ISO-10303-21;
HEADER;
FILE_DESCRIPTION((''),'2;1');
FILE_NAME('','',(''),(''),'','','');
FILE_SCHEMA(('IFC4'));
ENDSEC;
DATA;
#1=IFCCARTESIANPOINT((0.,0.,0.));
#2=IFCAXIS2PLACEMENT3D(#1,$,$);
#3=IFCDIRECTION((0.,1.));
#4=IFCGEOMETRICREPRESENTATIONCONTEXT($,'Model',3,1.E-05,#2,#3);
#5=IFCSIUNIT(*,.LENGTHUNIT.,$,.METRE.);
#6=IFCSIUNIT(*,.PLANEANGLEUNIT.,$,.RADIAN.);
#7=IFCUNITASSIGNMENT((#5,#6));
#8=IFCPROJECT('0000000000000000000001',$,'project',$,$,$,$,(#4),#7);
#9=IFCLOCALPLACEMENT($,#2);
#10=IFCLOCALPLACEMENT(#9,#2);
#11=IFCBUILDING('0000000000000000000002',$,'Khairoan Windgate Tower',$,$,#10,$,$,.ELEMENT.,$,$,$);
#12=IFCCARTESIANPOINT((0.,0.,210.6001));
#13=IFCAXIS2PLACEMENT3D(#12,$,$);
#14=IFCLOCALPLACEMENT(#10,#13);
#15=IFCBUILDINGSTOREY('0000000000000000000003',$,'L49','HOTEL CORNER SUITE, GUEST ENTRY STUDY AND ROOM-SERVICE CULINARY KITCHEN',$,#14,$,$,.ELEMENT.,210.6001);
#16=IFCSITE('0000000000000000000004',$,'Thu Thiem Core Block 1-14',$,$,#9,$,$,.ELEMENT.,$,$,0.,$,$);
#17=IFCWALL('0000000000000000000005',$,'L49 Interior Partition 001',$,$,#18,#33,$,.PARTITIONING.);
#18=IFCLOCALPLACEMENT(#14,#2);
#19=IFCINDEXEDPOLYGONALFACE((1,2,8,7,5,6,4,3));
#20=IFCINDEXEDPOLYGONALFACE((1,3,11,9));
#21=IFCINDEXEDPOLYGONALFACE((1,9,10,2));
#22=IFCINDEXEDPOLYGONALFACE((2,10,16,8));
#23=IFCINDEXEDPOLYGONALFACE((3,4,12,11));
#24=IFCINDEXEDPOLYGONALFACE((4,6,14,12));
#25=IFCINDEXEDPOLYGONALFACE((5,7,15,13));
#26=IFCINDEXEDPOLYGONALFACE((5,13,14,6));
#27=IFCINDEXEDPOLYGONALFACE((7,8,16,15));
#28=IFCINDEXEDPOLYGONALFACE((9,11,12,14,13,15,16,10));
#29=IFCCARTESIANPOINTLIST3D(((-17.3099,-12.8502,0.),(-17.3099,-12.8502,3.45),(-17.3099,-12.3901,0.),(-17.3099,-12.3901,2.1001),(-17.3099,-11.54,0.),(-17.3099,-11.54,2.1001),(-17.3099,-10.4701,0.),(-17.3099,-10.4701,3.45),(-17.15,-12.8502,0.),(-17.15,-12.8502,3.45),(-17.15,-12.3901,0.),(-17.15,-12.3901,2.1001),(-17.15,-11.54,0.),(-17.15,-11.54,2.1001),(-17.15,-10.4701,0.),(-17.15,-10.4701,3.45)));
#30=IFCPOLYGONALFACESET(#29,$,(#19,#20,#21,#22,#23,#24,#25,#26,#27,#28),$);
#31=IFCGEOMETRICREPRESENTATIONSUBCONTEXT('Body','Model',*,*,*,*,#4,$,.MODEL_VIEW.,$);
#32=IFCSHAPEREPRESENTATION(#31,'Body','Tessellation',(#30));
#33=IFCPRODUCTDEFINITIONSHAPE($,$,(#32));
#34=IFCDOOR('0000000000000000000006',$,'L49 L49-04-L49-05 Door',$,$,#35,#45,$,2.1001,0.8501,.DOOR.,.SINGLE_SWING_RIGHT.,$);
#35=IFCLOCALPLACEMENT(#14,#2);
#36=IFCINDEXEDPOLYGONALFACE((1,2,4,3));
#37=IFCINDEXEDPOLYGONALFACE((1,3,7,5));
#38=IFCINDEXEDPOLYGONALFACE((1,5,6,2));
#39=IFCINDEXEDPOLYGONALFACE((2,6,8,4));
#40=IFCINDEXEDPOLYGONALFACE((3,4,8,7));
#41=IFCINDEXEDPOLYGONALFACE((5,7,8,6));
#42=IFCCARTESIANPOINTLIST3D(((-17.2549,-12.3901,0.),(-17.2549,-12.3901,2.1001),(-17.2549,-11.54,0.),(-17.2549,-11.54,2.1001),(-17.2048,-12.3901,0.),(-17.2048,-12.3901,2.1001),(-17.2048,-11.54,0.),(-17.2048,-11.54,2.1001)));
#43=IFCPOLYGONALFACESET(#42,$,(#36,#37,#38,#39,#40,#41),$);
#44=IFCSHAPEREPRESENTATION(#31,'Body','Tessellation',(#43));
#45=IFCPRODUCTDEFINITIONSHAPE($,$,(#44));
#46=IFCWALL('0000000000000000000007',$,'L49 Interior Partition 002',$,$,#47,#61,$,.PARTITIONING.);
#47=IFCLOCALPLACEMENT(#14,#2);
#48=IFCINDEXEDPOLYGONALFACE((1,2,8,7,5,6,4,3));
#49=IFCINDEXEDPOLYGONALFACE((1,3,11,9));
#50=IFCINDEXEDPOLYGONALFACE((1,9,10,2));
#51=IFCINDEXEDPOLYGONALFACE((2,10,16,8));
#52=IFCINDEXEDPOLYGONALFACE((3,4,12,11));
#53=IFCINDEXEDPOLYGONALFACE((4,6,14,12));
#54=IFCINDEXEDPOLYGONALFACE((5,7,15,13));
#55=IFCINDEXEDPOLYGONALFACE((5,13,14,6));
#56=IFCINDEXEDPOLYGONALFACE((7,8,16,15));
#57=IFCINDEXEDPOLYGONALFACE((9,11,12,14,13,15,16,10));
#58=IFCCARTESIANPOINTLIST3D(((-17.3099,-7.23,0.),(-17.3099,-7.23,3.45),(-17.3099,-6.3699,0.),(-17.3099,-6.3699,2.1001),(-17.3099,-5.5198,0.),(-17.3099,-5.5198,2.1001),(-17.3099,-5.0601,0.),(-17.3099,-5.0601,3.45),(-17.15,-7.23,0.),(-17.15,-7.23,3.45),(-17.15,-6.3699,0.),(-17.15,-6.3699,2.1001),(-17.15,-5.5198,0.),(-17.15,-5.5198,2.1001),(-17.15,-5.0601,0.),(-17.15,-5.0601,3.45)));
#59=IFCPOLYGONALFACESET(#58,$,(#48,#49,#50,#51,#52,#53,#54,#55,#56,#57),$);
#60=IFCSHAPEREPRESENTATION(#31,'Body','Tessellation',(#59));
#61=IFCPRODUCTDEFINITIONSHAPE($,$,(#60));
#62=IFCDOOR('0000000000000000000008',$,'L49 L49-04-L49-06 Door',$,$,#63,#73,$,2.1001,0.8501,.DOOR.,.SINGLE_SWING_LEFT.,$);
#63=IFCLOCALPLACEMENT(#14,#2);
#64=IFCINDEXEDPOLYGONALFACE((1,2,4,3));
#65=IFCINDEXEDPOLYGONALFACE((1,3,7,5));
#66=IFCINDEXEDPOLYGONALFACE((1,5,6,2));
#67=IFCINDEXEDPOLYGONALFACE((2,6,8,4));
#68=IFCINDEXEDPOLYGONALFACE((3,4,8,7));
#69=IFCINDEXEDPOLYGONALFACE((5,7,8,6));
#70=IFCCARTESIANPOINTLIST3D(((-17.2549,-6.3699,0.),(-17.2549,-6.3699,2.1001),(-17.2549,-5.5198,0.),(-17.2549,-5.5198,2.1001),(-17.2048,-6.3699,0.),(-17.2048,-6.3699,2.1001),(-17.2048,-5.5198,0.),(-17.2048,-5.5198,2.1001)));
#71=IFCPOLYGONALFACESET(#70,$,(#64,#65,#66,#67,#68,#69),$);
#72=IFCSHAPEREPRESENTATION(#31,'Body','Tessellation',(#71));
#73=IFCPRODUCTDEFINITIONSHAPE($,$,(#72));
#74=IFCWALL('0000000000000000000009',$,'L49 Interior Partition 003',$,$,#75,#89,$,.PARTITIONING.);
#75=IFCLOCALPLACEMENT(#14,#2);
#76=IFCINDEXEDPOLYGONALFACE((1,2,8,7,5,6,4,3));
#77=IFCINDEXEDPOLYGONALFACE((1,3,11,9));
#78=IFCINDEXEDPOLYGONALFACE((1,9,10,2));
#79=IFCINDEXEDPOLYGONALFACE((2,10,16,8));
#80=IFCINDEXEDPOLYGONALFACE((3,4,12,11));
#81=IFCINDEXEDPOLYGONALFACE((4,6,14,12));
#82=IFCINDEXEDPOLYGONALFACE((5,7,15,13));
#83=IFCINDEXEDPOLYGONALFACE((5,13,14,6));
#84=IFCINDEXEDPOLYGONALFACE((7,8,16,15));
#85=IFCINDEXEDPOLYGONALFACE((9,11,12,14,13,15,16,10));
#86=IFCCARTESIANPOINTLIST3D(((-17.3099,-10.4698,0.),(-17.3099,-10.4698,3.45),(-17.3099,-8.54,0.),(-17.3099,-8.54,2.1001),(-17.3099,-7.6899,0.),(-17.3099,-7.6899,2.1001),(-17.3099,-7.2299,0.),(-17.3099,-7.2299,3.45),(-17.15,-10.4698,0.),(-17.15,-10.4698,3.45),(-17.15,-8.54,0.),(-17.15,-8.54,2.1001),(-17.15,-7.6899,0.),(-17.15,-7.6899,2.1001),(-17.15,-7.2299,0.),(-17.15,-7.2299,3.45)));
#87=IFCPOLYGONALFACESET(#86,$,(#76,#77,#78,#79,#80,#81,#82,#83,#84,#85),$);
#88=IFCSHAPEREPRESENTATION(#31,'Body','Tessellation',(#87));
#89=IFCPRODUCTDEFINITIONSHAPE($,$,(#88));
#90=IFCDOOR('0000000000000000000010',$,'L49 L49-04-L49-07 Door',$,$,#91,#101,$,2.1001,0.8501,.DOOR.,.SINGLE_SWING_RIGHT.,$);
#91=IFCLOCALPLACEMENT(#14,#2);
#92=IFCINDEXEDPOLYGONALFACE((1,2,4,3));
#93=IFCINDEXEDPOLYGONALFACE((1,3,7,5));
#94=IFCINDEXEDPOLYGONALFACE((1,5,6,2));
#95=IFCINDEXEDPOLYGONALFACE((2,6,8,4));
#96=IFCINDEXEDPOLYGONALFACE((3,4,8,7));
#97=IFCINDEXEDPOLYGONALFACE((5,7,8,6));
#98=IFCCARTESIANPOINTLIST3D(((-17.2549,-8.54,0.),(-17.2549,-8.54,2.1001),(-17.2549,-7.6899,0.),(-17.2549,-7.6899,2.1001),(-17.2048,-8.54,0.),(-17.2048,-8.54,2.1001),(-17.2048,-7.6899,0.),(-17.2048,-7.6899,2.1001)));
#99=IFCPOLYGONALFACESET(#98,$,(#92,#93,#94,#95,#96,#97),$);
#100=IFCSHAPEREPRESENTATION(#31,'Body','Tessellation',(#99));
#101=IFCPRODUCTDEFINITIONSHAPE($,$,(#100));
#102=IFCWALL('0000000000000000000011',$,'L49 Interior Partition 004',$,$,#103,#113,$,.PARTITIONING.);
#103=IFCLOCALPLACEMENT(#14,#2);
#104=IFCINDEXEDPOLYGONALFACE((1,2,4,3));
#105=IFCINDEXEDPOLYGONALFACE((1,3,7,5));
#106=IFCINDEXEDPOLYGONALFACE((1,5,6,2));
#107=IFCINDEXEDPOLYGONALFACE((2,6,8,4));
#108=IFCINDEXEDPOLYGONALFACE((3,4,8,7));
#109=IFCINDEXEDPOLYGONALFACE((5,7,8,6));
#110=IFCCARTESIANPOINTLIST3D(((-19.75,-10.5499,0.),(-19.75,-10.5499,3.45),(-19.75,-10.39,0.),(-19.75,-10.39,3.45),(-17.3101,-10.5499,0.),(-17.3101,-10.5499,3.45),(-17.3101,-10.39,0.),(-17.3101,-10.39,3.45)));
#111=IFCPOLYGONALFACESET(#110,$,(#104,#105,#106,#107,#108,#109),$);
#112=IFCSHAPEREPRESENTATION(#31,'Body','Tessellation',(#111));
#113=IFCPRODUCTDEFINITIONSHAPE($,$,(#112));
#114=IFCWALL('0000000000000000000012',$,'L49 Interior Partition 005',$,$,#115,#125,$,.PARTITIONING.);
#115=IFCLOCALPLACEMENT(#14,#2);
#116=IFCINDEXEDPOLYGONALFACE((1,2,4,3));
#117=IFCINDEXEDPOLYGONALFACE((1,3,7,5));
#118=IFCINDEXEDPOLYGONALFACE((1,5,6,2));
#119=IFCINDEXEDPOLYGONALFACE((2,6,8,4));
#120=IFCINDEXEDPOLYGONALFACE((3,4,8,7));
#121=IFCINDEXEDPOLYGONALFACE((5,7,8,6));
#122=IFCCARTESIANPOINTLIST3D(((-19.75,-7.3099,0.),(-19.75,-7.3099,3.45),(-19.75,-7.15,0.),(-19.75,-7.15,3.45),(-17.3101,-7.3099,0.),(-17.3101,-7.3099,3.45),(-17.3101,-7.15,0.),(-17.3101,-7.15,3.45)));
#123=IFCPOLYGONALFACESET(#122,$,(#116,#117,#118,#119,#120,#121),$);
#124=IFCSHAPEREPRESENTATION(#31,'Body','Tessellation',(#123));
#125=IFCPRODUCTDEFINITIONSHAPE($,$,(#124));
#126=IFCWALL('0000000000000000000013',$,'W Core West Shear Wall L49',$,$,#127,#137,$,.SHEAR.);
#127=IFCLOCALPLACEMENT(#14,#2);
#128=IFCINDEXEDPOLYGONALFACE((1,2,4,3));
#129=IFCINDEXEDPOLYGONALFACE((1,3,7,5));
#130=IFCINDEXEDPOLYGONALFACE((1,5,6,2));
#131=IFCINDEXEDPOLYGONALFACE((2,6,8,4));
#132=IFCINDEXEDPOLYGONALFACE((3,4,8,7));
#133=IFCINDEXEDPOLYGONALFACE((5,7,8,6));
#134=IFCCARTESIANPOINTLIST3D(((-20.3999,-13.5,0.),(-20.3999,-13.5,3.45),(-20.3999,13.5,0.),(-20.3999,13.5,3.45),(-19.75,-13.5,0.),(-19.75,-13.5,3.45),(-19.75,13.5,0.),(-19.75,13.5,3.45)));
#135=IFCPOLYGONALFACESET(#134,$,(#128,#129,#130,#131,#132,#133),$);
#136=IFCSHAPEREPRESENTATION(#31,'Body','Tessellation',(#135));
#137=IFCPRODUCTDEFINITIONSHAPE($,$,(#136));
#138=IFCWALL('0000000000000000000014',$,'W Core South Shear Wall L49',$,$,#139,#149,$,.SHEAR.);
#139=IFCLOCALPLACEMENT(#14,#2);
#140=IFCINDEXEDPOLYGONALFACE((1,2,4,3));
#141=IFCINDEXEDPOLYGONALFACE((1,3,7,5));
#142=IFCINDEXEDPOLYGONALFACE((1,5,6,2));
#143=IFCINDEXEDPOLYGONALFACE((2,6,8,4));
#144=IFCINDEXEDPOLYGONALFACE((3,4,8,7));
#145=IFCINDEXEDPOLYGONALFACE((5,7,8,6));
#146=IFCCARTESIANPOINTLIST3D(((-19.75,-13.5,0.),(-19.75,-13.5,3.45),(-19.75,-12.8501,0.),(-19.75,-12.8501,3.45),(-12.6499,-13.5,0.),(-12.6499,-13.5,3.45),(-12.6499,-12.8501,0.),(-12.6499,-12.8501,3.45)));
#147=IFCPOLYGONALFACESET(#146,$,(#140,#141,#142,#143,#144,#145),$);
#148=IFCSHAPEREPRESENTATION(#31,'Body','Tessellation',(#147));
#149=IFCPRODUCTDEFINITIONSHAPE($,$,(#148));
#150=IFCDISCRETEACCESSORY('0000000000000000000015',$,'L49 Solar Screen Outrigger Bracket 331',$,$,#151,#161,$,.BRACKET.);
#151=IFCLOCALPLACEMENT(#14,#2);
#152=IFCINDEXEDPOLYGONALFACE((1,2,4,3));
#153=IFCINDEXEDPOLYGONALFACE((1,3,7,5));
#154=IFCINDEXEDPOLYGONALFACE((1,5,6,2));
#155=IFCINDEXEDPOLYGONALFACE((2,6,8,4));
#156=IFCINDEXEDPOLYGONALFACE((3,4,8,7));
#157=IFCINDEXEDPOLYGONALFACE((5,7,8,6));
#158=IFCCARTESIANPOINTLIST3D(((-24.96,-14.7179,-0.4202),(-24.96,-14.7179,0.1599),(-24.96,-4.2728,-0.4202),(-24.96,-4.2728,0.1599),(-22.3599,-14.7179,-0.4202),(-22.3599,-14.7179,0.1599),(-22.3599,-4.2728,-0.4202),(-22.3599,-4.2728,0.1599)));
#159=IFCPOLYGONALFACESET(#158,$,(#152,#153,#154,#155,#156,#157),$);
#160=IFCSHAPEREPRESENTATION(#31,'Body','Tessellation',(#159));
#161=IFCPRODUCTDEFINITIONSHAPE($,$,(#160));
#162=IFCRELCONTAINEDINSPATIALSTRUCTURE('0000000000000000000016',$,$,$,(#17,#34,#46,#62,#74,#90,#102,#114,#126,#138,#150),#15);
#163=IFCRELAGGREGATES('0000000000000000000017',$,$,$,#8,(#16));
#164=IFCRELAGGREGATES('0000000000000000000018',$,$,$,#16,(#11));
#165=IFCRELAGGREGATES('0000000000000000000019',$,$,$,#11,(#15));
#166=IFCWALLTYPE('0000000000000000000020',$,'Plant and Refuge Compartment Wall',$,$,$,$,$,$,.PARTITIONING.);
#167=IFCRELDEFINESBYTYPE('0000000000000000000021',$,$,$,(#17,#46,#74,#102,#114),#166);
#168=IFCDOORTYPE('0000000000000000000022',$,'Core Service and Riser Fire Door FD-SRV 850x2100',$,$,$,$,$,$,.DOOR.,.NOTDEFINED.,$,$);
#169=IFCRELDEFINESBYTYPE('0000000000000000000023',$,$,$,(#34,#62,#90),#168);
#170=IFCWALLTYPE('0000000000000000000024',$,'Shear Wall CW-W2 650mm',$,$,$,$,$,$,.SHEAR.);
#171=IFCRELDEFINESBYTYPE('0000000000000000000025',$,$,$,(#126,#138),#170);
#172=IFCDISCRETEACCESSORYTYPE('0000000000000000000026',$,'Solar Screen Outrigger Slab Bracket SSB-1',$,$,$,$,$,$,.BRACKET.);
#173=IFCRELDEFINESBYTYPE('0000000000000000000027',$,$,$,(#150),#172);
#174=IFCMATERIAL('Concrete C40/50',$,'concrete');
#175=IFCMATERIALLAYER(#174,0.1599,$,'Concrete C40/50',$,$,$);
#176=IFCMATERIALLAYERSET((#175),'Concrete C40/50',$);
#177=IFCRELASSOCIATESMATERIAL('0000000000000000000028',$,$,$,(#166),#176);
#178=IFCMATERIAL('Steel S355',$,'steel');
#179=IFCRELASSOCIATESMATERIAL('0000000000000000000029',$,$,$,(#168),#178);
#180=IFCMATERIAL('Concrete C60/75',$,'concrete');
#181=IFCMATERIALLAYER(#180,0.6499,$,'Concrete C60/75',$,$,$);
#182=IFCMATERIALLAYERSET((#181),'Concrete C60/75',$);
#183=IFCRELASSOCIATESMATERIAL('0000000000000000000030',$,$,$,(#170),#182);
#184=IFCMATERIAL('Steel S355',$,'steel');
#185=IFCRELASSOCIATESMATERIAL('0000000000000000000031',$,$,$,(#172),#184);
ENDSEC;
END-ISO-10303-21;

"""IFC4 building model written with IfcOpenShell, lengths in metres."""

from ifc_helpers import new_model, si_unit, direction, frame, frame_2d, origin, origin_2d, place, context, subcontext, project, spatial, rectangle, extrude, material, layer, layer_set, type_object, element, fill, save


model = new_model("IFC4")

# Units and contexts
model_context = context("Model", 3, precision=1e-05, world=origin(), true_north=direction((0.0, 1.0)))
body_context = subcontext(model_context, "Body", "Model", "MODEL_VIEW")
ifc_project = project(units=[si_unit("LENGTHUNIT", "METRE"), si_unit("PLANEANGLEUNIT", "RADIAN")], contexts=[model_context])

# Site, building, storey
site_placement = place(None, origin())
site = spatial("IfcSite", under=ifc_project, at=site_placement, Name="Thu Thiem Core Block 1-14", CompositionType="ELEMENT", RefElevation=0.0)
building_placement = place(site_placement, origin())
building = spatial("IfcBuilding", under=site, at=building_placement, Name="Khairoan Windgate Tower", CompositionType="ELEMENT")
storey_placement = place(building_placement, frame((0.0, 0.0, 210.6001)))
storey = spatial("IfcBuildingStorey", under=building, at=storey_placement, Name="L49", Description="HOTEL CORNER SUITE, GUEST ENTRY STUDY AND ROOM-SERVICE CULINARY KITCHEN", CompositionType="ELEMENT", Elevation=210.6001)

# Walls, openings, doors
ifc_material_1 = material(Name="Concrete C40/50", Category="concrete")
ifc_layer_1 = layer(ifc_material_1, 0.1599, Name="Concrete C40/50")
ifc_layer_set_1 = layer_set([ifc_layer_1], Name="Concrete C40/50")
wall_type_1 = type_object("IfcWallType", Name="Plant and Refuge Compartment Wall", PredefinedType="PARTITIONING", material=ifc_layer_set_1)
wall_1_placement = place(storey_placement, frame((-17.23, -12.8501, 0.0), z_axis=(0.0, 0.0, 1.0), x_axis=(0.0, 1.0, 0.0)))
wall_1 = element("IfcWall", 1, at=wall_1_placement, inside=storey, type_object=wall_type_1, Name="L49 Interior Partition 001", PredefinedType="PARTITIONING", context=body_context, shape_type="SweptSolid", body=[
    extrude(rectangle(XDim=2.3801, YDim=0.1599, at=frame_2d((1.1899, 0.0))), origin(), (0.0, 0.0, 1.0), 3.45),
])
opening_1_placement = place(wall_1_placement, frame((0.46, 0.0, 0.0)))
opening_1 = element("IfcOpeningElement", 2, at=opening_1_placement, cuts=wall_1, PredefinedType="OPENING", context=body_context, shape_type="SweptSolid", body=[
    extrude(rectangle(XDim=0.8501, YDim=2.1001, at=frame_2d((0.425, 1.05))), frame((0.0, 0.0898, 0.0), z_axis=(0.0, -1.0, 0.0), x_axis=(1.0, 0.0, 0.0)), (0.0, 0.0, 1.0), 0.1799),
])
ifc_material_2 = material(Name="Steel S355", Category="steel")
door_type_1 = type_object("IfcDoorType", Name="Core Service and Riser Fire Door FD-SRV 850x2100", OperationType="NOTDEFINED", PredefinedType="DOOR", material=ifc_material_2)
door_1_placement = place(opening_1_placement, origin())
door_1 = element("IfcDoor", 3, at=door_1_placement, inside=storey, type_object=door_type_1, Name="L49 L49-04-L49-05 Door", OperationType="SINGLE_SWING_RIGHT", OverallHeight=2.1001, OverallWidth=0.8501, PredefinedType="DOOR", context=body_context, shape_type="SweptSolid", body=[
    extrude(rectangle(XDim=0.8501, YDim=2.1001, at=frame_2d((0.425, 1.05))), frame((0.0, 0.0249, 0.0), z_axis=(0.0, -1.0, 0.0), x_axis=(1.0, 0.0, 0.0)), (0.0, 0.0, 1.0), 0.05),
])
fill(opening_1, door_1)
wall_2_placement = place(storey_placement, frame((-17.23, -7.23, 0.0), z_axis=(0.0, 0.0, 1.0), x_axis=(0.0, 1.0, 0.0)))
wall_2 = element("IfcWall", 4, at=wall_2_placement, inside=storey, type_object=wall_type_1, Name="L49 Interior Partition 002", PredefinedType="PARTITIONING", context=body_context, shape_type="SweptSolid", body=[
    extrude(rectangle(XDim=2.1699, YDim=0.1599, at=frame_2d((1.085, 0.0))), origin(), (0.0, 0.0, 1.0), 3.45),
])
opening_2_placement = place(wall_2_placement, frame((0.8601, 0.0, 0.0)))
opening_2 = element("IfcOpeningElement", 5, at=opening_2_placement, cuts=wall_2, PredefinedType="OPENING", context=body_context, shape_type="SweptSolid", body=[
    extrude(rectangle(XDim=0.8501, YDim=2.1001, at=frame_2d((0.425, 1.05))), frame((0.0, 0.0898, 0.0), z_axis=(0.0, -1.0, 0.0), x_axis=(1.0, 0.0, 0.0)), (0.0, 0.0, 1.0), 0.1799),
])
door_2_placement = place(opening_2_placement, origin())
door_2 = element("IfcDoor", 6, at=door_2_placement, inside=storey, type_object=door_type_1, Name="L49 L49-04-L49-06 Door", OperationType="SINGLE_SWING_LEFT", OverallHeight=2.1001, OverallWidth=0.8501, PredefinedType="DOOR", context=body_context, shape_type="SweptSolid", body=[
    extrude(rectangle(XDim=0.8501, YDim=2.1001, at=frame_2d((0.425, 1.05))), frame((0.0, 0.0249, 0.0), z_axis=(0.0, -1.0, 0.0), x_axis=(1.0, 0.0, 0.0)), (0.0, 0.0, 1.0), 0.05),
])
fill(opening_2, door_2)
wall_3_placement = place(storey_placement, frame((-17.23, -10.47, 0.0), z_axis=(0.0, 0.0, 1.0), x_axis=(0.0, 1.0, 0.0)))
wall_3 = element("IfcWall", 7, at=wall_3_placement, inside=storey, type_object=wall_type_1, Name="L49 Interior Partition 003", PredefinedType="PARTITIONING", context=body_context, shape_type="SweptSolid", body=[
    extrude(rectangle(XDim=3.24, YDim=0.1599, at=frame_2d((1.6201, 0.0))), origin(), (0.0, 0.0, 1.0), 3.45),
])
opening_3_placement = place(wall_3_placement, frame((1.9299, 0.0, 0.0)))
opening_3 = element("IfcOpeningElement", 8, at=opening_3_placement, cuts=wall_3, PredefinedType="OPENING", context=body_context, shape_type="SweptSolid", body=[
    extrude(rectangle(XDim=0.8501, YDim=2.1001, at=frame_2d((0.425, 1.05))), frame((0.0, 0.0898, 0.0), z_axis=(0.0, -1.0, 0.0), x_axis=(1.0, 0.0, 0.0)), (0.0, 0.0, 1.0), 0.1799),
])
door_3_placement = place(opening_3_placement, origin())
door_3 = element("IfcDoor", 9, at=door_3_placement, inside=storey, type_object=door_type_1, Name="L49 L49-04-L49-07 Door", OperationType="SINGLE_SWING_RIGHT", OverallHeight=2.1001, OverallWidth=0.8501, PredefinedType="DOOR", context=body_context, shape_type="SweptSolid", body=[
    extrude(rectangle(XDim=0.8501, YDim=2.1001, at=frame_2d((0.425, 1.05))), frame((0.0, 0.0249, 0.0), z_axis=(0.0, -1.0, 0.0), x_axis=(1.0, 0.0, 0.0)), (0.0, 0.0, 1.0), 0.05),
])
fill(opening_3, door_3)

# Walls
for number, where, z_axis, x_axis, name in (
    (10, (-19.75, -10.47, 0.0), (0.0, 0.0, 1.0), (1.0, 0.0, 0.0), "L49 Interior Partition 004"),
    (11, (-19.75, -7.23, 0.0), (0.0, 0.0, 1.0), (1.0, 0.0, 0.0), "L49 Interior Partition 005"),
):
    element("IfcWall", number, at=place(storey_placement, frame(where, z_axis=z_axis, x_axis=x_axis)), inside=storey, type_object=wall_type_1, Name=name, PredefinedType="PARTITIONING", context=body_context, shape_type="SweptSolid", body=[
        extrude(rectangle(XDim=2.4399, YDim=0.1599, at=frame_2d((1.22, 0.0))), origin(), (0.0, 0.0, 1.0), 3.45),
    ])
ifc_material_3 = material(Name="Concrete C60/75", Category="concrete")
ifc_layer_2 = layer(ifc_material_3, 0.6499, Name="Concrete C60/75")
ifc_layer_set_2 = layer_set([ifc_layer_2], Name="Concrete C60/75")
wall_type_2 = type_object("IfcWallType", Name="Shear Wall CW-W2 650mm", PredefinedType="SHEAR", material=ifc_layer_set_2)
wall_4_placement = place(storey_placement, frame((-20.075, -13.5, 0.0), z_axis=(0.0, 0.0, 1.0), x_axis=(0.0, 1.0, 0.0)))
element("IfcWall", 12, at=wall_4_placement, inside=storey, type_object=wall_type_2, Name="W Core West Shear Wall L49", PredefinedType="SHEAR", context=body_context, shape_type="SweptSolid", body=[
    extrude(rectangle(XDim=27.0, YDim=0.6499, at=frame_2d((13.5, 0.0))), origin(), (0.0, 0.0, 1.0), 3.45),
])
wall_5_placement = place(storey_placement, frame((-19.75, -13.175, 0.0), z_axis=(0.0, 0.0, 1.0), x_axis=(1.0, 0.0, 0.0)))
element("IfcWall", 13, at=wall_5_placement, inside=storey, type_object=wall_type_2, Name="W Core South Shear Wall L49", PredefinedType="SHEAR", context=body_context, shape_type="SweptSolid", body=[
    extrude(rectangle(XDim=7.1001, YDim=0.6499, at=frame_2d((3.55, 0.0))), origin(), (0.0, 0.0, 1.0), 3.45),
])

# Discrete accessory
ifc_material_4 = material(Name="Steel S355", Category="steel")
discrete_accessory_type = type_object("IfcDiscreteAccessoryType", Name="Solar Screen Outrigger Slab Bracket SSB-1", PredefinedType="BRACKET", material=ifc_material_4)
discrete_accessory_placement = place(storey_placement, frame((-23.6599, -9.4954, -0.4202), z_axis=(0.0, 0.0, 1.0), x_axis=(0.0, 1.0, 0.0)))
element("IfcDiscreteAccessory", 14, at=discrete_accessory_placement, inside=storey, type_object=discrete_accessory_type, Name="L49 Solar Screen Outrigger Bracket 331", PredefinedType="BRACKET", context=body_context, shape_type="SweptSolid", body=[
    extrude(rectangle(XDim=10.4451, YDim=2.6001, at=origin_2d()), origin(), (0.0, 0.0, 1.0), 0.5801),
])

save(model, "model.ifc")
